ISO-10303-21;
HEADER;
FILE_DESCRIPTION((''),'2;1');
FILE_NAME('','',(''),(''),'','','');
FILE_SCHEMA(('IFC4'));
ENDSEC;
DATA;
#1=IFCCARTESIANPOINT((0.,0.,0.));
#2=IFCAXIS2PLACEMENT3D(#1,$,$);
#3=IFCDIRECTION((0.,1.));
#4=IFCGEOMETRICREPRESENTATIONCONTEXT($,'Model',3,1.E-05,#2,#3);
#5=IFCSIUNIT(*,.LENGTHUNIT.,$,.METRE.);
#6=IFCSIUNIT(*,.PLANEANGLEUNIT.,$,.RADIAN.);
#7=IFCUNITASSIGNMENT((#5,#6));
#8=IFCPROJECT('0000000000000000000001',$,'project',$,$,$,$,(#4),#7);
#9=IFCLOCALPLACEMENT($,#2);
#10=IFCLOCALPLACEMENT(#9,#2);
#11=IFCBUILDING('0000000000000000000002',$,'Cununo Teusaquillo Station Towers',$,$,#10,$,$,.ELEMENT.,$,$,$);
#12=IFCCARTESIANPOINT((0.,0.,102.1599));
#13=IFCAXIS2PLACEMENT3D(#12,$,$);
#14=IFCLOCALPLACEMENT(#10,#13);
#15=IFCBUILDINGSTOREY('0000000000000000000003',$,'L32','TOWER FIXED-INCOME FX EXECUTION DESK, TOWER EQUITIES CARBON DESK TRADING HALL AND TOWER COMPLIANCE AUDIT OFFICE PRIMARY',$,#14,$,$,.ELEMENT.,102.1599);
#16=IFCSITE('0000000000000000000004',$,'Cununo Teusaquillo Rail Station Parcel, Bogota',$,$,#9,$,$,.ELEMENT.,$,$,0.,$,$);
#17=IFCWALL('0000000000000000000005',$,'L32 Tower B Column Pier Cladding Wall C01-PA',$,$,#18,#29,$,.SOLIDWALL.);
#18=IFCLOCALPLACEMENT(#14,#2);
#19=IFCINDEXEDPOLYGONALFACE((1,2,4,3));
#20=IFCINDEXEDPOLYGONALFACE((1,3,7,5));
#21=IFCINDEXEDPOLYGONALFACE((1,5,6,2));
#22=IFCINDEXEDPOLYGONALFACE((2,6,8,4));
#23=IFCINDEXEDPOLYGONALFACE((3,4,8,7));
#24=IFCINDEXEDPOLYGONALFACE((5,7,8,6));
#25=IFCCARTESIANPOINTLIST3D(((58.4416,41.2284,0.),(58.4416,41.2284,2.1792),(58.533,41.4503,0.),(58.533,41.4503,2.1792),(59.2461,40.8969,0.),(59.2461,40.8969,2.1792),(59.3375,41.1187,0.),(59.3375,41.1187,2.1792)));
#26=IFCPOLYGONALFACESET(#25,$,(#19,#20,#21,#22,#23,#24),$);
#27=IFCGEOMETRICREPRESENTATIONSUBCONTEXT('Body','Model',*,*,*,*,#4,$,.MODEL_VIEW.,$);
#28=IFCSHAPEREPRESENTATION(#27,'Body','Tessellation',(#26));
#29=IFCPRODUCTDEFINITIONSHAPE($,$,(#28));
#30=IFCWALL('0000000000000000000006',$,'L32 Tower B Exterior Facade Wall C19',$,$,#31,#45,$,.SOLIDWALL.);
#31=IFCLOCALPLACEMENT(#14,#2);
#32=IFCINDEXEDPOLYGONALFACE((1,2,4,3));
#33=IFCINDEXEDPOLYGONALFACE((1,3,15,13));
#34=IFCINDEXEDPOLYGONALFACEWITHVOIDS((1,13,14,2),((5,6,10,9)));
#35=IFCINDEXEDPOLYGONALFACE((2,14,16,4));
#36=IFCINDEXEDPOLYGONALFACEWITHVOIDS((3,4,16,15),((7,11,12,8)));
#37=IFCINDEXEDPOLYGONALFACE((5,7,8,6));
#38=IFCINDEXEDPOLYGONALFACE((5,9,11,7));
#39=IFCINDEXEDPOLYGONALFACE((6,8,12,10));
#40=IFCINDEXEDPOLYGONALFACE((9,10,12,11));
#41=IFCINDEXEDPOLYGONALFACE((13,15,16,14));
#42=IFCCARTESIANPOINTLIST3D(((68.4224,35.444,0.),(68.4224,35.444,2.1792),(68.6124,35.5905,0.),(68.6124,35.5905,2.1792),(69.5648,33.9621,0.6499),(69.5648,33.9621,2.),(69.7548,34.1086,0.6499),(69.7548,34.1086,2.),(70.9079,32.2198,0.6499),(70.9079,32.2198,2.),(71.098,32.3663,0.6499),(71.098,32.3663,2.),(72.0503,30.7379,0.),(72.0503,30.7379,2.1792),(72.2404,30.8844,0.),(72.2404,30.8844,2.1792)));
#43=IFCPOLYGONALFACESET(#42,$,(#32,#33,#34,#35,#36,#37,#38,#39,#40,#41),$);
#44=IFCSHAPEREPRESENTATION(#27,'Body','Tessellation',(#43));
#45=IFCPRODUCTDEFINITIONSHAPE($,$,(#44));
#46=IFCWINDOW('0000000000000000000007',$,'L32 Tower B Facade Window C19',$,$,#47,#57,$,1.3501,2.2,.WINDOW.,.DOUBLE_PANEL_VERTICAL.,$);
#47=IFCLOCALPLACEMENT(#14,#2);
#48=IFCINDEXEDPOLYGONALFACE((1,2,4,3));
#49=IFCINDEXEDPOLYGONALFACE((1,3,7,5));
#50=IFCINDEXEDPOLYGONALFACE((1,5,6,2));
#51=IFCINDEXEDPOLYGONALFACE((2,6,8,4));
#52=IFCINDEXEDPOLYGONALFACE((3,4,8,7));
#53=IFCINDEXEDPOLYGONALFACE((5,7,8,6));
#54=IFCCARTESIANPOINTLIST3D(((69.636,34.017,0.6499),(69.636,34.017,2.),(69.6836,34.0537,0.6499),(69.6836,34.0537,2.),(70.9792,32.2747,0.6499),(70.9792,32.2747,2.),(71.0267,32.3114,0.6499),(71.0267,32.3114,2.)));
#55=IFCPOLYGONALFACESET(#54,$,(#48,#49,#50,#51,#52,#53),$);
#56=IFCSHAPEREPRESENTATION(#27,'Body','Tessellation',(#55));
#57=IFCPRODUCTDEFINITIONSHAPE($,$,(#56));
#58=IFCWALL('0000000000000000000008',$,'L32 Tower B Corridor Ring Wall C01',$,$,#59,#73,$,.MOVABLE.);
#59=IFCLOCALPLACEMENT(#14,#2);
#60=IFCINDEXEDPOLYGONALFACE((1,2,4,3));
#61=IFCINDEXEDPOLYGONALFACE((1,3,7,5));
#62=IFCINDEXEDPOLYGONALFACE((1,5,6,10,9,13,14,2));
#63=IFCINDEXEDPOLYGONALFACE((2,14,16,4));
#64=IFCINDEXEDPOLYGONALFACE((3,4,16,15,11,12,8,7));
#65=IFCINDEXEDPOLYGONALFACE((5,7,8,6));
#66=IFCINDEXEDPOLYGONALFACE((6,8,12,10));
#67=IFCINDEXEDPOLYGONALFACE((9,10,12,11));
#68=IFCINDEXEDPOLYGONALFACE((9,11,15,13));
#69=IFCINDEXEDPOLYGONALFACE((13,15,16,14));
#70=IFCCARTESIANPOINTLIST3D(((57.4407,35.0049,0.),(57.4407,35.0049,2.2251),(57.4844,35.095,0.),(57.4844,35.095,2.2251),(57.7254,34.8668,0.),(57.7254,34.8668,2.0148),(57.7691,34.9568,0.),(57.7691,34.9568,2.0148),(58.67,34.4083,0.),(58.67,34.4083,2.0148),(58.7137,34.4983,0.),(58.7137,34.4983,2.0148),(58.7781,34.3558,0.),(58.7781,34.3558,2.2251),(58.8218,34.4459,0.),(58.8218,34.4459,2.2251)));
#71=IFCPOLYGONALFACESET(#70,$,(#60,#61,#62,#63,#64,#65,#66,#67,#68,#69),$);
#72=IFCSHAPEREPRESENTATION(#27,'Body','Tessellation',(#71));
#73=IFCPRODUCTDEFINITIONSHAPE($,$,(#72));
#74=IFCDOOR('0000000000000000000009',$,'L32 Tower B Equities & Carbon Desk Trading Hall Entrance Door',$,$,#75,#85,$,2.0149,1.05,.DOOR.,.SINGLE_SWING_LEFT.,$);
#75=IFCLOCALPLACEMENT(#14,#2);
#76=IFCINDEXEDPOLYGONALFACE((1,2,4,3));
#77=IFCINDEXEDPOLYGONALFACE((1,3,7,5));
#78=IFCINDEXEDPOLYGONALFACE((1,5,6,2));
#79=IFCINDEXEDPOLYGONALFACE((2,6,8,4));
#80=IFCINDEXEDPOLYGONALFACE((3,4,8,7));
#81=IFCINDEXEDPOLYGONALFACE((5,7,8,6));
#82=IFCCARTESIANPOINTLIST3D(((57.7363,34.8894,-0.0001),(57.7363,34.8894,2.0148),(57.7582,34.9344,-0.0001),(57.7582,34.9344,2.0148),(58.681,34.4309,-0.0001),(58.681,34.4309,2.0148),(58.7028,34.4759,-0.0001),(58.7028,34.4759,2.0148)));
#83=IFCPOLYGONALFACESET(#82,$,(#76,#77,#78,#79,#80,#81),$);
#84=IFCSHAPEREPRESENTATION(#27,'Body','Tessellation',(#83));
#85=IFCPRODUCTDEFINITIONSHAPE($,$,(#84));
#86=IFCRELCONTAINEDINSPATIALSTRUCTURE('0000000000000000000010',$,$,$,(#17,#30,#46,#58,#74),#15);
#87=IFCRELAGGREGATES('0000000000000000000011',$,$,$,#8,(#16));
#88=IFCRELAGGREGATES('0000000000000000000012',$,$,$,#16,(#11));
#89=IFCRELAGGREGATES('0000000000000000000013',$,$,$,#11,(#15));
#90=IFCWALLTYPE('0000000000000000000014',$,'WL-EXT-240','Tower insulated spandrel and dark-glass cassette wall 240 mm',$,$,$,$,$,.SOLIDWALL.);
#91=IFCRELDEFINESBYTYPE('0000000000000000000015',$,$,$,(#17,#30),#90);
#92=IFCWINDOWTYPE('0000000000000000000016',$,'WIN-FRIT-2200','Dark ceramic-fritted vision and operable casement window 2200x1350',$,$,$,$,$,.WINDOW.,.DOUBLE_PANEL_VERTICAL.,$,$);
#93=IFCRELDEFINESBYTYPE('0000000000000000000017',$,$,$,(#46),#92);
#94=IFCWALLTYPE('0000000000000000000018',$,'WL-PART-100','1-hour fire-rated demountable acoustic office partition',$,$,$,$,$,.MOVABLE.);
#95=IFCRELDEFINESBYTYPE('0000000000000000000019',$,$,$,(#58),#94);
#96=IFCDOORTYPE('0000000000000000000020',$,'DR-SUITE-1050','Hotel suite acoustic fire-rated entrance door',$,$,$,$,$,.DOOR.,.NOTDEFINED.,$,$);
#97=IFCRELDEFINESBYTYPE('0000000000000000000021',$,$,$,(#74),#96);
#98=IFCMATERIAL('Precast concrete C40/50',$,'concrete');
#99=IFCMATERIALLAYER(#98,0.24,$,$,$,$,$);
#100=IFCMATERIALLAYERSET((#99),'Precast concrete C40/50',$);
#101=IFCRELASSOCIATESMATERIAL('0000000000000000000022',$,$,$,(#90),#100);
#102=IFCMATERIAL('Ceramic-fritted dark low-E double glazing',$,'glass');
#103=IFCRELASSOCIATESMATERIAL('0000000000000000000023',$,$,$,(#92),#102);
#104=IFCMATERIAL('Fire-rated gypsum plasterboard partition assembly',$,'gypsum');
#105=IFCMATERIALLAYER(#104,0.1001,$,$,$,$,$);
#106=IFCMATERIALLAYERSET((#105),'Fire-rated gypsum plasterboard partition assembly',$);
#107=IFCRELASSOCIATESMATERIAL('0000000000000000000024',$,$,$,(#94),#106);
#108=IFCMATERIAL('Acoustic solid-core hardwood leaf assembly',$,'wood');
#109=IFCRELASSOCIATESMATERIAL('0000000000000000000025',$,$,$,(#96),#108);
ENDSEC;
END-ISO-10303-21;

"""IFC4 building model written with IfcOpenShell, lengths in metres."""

from ifc_helpers import new_model, si_unit, direction, frame, frame_2d, origin, place, context, subcontext, project, spatial, rectangle, extrude, source, transform, mapped, material, layer, layer_set, type_object, element, fill, save


model = new_model("IFC4")

# Units and contexts
model_context = context("Model", 3, precision=1e-05, world=origin(), true_north=direction((0.0, 1.0)))
body_context = subcontext(model_context, "Body", "Model", "MODEL_VIEW")
ifc_project = project(units=[si_unit("LENGTHUNIT", "METRE"), si_unit("PLANEANGLEUNIT", "RADIAN")], contexts=[model_context])

# Site, building, storey
site_placement = place(None, origin())
site = spatial("IfcSite", under=ifc_project, at=site_placement, Name="Cununo Teusaquillo Rail Station Parcel, Bogota", CompositionType="ELEMENT", RefElevation=0.0)
building_placement = place(site_placement, origin())
building = spatial("IfcBuilding", under=site, at=building_placement, Name="Cununo Teusaquillo Station Towers", CompositionType="ELEMENT")
storey_placement = place(building_placement, frame((0.0, 0.0, 102.1599)))
storey = spatial("IfcBuildingStorey", under=building, at=storey_placement, Name="L32", Description="TOWER FIXED-INCOME FX EXECUTION DESK, TOWER EQUITIES CARBON DESK TRADING HALL AND TOWER COMPLIANCE AUDIT OFFICE PRIMARY", CompositionType="ELEMENT", Elevation=102.1599)

# Wall
ifc_material_1 = material(Name="Precast concrete C40/50", Category="concrete")
ifc_layer_1 = layer(ifc_material_1, 0.24)
ifc_layer_set_1 = layer_set([ifc_layer_1], Name="Precast concrete C40/50")
wall_type_1 = type_object("IfcWallType", Name="WL-EXT-240", Description="Tower insulated spandrel and dark-glass cassette wall 240 mm", PredefinedType="SOLIDWALL", material=ifc_layer_set_1)
wall_1_placement = place(storey_placement, frame((58.4873, 41.3394, 0.0), z_axis=(0.0, 0.0, 1.0), x_axis=(0.924556, -0.381046, 0.0)))
element("IfcWall", 1, at=wall_1_placement, inside=storey, type_object=wall_type_1, Name="L32 Tower B Column Pier Cladding Wall C01-PA", PredefinedType="SOLIDWALL", context=body_context, shape_type="SweptSolid", body=[
    extrude(rectangle(XDim=0.8701, YDim=0.24, at=frame_2d((0.4351, 0.0))), origin(), (0.0, 0.0, 1.0), 2.1792),
])

# Wall, opening, window
wall_2_placement = place(storey_placement, frame((68.5173, 35.5173, 0.0), z_axis=(0.0, 0.0, 1.0), x_axis=(0.610544, -0.791982, 0.0)))
wall_2 = element("IfcWall", 2, at=wall_2_placement, inside=storey, type_object=wall_type_1, Name="L32 Tower B Exterior Facade Wall C19", PredefinedType="SOLIDWALL", context=body_context, shape_type="SweptSolid", body=[
    extrude(rectangle(XDim=5.9421, YDim=0.24, at=frame_2d((2.9712, 0.0))), origin(), (0.0, 0.0, 1.0), 2.1792),
])
shared_shape_1 = source(origin(), body_context, "Body", "SweptSolid", [
    extrude(rectangle(XDim=2.2, YDim=1.3501, at=frame_2d((1.1001, 0.675))), frame((0.0, 0.1299, 0.0), z_axis=(0.0, -1.0, 0.0), x_axis=(1.0, 0.0, 0.0)), (0.0, 0.0, 1.0), 0.26),
])
opening_1_placement = place(wall_2_placement, frame((1.8711, 0.0, 0.6499)))
opening_1 = element("IfcOpeningElement", 3, at=opening_1_placement, cuts=wall_2, PredefinedType="OPENING", context=body_context, shape_type="MappedRepresentation", body=[
    mapped(shared_shape_1, transform((0.0, 0.0, 0.0), x_axis=(1.0, 0.0, 0.0), y_axis=(0.0, 1.0, 0.0), z_axis=(0.0, 0.0, 1.0), scale=1.0)),
])
ifc_material_2 = material(Name="Ceramic-fritted dark low-E double glazing", Category="glass")
window_type = type_object("IfcWindowType", Name="WIN-FRIT-2200", Description="Dark ceramic-fritted vision and operable casement window 2200x1350", PartitioningType="DOUBLE_PANEL_VERTICAL", PredefinedType="WINDOW", material=ifc_material_2)
shared_shape_2 = source(origin(), body_context, "Body", "SweptSolid", [
    extrude(rectangle(XDim=2.2, YDim=1.3501, at=frame_2d((1.1001, 0.675))), frame((0.0, 0.03, 0.0), z_axis=(0.0, -1.0, 0.0), x_axis=(1.0, 0.0, 0.0)), (0.0, 0.0, 1.0), 0.0601),
])
window_placement = place(opening_1_placement, origin())
window = element("IfcWindow", 4, at=window_placement, inside=storey, type_object=window_type, Name="L32 Tower B Facade Window C19", OverallHeight=1.3501, OverallWidth=2.2, PartitioningType="DOUBLE_PANEL_VERTICAL", PredefinedType="WINDOW", context=body_context, shape_type="MappedRepresentation", body=[
    mapped(shared_shape_2, transform((0.0, 0.0, 0.0), x_axis=(1.0, 0.0, 0.0), y_axis=(0.0, 1.0, 0.0), z_axis=(0.0, 0.0, 1.0), scale=1.0)),
])
fill(opening_1, window)

# Wall, opening, door
ifc_material_3 = material(Name="Fire-rated gypsum plasterboard partition assembly", Category="gypsum")
ifc_layer_2 = layer(ifc_material_3, 0.1001)
ifc_layer_set_2 = layer_set([ifc_layer_2], Name="Fire-rated gypsum plasterboard partition assembly")
wall_type_2 = type_object("IfcWallType", Name="WL-PART-100", Description="1-hour fire-rated demountable acoustic office partition", PredefinedType="MOVABLE", material=ifc_layer_set_2)
wall_3_placement = place(storey_placement, frame((58.7998, 34.4009, 0.0), z_axis=(0.0, 0.0, 1.0), x_axis=(-0.899621, 0.436672, 0.0)))
wall_3 = element("IfcWall", 5, at=wall_3_placement, inside=storey, type_object=wall_type_2, Name="L32 Tower B Corridor Ring Wall C01", PredefinedType="MOVABLE", context=body_context, shape_type="SweptSolid", body=[
    extrude(rectangle(XDim=1.4866, YDim=0.1001, at=frame_2d((0.7432, 0.0))), origin(), (0.0, 0.0, 1.0), 2.2251),
])
shared_shape_3 = source(origin(), body_context, "Body", "SweptSolid", [
    extrude(rectangle(XDim=1.05, YDim=2.0149, at=frame_2d((0.5249, 1.0073))), frame((0.0, 0.0601, 0.0), z_axis=(0.0, -1.0, 0.0), x_axis=(1.0, 0.0, 0.0)), (0.0, 0.0, 1.0), 0.1201),
])
opening_2_placement = place(wall_3_placement, frame((0.1201, 0.0, 0.0)))
opening_2 = element("IfcOpeningElement", 6, at=opening_2_placement, cuts=wall_3, PredefinedType="OPENING", context=body_context, shape_type="MappedRepresentation", body=[
    mapped(shared_shape_3, transform((0.0, 0.0, 0.0), x_axis=(1.0, 0.0, 0.0), y_axis=(0.0, 1.0, 0.0), z_axis=(0.0, 0.0, 1.0), scale=1.0)),
])
ifc_material_4 = material(Name="Acoustic solid-core hardwood leaf assembly", Category="wood")
door_type = type_object("IfcDoorType", Name="DR-SUITE-1050", Description="Hotel suite acoustic fire-rated entrance door", OperationType="NOTDEFINED", PredefinedType="DOOR", material=ifc_material_4)
shared_shape_4 = source(origin(), body_context, "Body", "SweptSolid", [
    extrude(rectangle(XDim=1.05, YDim=2.0149, at=frame_2d((0.5249, 1.0073))), frame((0.0, 0.0249, 0.0), z_axis=(0.0, -1.0, 0.0), x_axis=(1.0, 0.0, 0.0)), (0.0, 0.0, 1.0), 0.05),
])
door_placement = place(opening_2_placement, origin())
door = element("IfcDoor", 7, at=door_placement, inside=storey, type_object=door_type, Name="L32 Tower B Equities & Carbon Desk Trading Hall Entrance Door", OperationType="SINGLE_SWING_LEFT", OverallHeight=2.0149, OverallWidth=1.05, PredefinedType="DOOR", context=body_context, shape_type="MappedRepresentation", body=[
    mapped(shared_shape_4, transform((0.0, 0.0, 0.0), x_axis=(1.0, 0.0, 0.0), y_axis=(0.0, 1.0, 0.0), z_axis=(0.0, 0.0, 1.0), scale=1.0)),
])
fill(opening_2, door)

save(model, "model.ifc")
